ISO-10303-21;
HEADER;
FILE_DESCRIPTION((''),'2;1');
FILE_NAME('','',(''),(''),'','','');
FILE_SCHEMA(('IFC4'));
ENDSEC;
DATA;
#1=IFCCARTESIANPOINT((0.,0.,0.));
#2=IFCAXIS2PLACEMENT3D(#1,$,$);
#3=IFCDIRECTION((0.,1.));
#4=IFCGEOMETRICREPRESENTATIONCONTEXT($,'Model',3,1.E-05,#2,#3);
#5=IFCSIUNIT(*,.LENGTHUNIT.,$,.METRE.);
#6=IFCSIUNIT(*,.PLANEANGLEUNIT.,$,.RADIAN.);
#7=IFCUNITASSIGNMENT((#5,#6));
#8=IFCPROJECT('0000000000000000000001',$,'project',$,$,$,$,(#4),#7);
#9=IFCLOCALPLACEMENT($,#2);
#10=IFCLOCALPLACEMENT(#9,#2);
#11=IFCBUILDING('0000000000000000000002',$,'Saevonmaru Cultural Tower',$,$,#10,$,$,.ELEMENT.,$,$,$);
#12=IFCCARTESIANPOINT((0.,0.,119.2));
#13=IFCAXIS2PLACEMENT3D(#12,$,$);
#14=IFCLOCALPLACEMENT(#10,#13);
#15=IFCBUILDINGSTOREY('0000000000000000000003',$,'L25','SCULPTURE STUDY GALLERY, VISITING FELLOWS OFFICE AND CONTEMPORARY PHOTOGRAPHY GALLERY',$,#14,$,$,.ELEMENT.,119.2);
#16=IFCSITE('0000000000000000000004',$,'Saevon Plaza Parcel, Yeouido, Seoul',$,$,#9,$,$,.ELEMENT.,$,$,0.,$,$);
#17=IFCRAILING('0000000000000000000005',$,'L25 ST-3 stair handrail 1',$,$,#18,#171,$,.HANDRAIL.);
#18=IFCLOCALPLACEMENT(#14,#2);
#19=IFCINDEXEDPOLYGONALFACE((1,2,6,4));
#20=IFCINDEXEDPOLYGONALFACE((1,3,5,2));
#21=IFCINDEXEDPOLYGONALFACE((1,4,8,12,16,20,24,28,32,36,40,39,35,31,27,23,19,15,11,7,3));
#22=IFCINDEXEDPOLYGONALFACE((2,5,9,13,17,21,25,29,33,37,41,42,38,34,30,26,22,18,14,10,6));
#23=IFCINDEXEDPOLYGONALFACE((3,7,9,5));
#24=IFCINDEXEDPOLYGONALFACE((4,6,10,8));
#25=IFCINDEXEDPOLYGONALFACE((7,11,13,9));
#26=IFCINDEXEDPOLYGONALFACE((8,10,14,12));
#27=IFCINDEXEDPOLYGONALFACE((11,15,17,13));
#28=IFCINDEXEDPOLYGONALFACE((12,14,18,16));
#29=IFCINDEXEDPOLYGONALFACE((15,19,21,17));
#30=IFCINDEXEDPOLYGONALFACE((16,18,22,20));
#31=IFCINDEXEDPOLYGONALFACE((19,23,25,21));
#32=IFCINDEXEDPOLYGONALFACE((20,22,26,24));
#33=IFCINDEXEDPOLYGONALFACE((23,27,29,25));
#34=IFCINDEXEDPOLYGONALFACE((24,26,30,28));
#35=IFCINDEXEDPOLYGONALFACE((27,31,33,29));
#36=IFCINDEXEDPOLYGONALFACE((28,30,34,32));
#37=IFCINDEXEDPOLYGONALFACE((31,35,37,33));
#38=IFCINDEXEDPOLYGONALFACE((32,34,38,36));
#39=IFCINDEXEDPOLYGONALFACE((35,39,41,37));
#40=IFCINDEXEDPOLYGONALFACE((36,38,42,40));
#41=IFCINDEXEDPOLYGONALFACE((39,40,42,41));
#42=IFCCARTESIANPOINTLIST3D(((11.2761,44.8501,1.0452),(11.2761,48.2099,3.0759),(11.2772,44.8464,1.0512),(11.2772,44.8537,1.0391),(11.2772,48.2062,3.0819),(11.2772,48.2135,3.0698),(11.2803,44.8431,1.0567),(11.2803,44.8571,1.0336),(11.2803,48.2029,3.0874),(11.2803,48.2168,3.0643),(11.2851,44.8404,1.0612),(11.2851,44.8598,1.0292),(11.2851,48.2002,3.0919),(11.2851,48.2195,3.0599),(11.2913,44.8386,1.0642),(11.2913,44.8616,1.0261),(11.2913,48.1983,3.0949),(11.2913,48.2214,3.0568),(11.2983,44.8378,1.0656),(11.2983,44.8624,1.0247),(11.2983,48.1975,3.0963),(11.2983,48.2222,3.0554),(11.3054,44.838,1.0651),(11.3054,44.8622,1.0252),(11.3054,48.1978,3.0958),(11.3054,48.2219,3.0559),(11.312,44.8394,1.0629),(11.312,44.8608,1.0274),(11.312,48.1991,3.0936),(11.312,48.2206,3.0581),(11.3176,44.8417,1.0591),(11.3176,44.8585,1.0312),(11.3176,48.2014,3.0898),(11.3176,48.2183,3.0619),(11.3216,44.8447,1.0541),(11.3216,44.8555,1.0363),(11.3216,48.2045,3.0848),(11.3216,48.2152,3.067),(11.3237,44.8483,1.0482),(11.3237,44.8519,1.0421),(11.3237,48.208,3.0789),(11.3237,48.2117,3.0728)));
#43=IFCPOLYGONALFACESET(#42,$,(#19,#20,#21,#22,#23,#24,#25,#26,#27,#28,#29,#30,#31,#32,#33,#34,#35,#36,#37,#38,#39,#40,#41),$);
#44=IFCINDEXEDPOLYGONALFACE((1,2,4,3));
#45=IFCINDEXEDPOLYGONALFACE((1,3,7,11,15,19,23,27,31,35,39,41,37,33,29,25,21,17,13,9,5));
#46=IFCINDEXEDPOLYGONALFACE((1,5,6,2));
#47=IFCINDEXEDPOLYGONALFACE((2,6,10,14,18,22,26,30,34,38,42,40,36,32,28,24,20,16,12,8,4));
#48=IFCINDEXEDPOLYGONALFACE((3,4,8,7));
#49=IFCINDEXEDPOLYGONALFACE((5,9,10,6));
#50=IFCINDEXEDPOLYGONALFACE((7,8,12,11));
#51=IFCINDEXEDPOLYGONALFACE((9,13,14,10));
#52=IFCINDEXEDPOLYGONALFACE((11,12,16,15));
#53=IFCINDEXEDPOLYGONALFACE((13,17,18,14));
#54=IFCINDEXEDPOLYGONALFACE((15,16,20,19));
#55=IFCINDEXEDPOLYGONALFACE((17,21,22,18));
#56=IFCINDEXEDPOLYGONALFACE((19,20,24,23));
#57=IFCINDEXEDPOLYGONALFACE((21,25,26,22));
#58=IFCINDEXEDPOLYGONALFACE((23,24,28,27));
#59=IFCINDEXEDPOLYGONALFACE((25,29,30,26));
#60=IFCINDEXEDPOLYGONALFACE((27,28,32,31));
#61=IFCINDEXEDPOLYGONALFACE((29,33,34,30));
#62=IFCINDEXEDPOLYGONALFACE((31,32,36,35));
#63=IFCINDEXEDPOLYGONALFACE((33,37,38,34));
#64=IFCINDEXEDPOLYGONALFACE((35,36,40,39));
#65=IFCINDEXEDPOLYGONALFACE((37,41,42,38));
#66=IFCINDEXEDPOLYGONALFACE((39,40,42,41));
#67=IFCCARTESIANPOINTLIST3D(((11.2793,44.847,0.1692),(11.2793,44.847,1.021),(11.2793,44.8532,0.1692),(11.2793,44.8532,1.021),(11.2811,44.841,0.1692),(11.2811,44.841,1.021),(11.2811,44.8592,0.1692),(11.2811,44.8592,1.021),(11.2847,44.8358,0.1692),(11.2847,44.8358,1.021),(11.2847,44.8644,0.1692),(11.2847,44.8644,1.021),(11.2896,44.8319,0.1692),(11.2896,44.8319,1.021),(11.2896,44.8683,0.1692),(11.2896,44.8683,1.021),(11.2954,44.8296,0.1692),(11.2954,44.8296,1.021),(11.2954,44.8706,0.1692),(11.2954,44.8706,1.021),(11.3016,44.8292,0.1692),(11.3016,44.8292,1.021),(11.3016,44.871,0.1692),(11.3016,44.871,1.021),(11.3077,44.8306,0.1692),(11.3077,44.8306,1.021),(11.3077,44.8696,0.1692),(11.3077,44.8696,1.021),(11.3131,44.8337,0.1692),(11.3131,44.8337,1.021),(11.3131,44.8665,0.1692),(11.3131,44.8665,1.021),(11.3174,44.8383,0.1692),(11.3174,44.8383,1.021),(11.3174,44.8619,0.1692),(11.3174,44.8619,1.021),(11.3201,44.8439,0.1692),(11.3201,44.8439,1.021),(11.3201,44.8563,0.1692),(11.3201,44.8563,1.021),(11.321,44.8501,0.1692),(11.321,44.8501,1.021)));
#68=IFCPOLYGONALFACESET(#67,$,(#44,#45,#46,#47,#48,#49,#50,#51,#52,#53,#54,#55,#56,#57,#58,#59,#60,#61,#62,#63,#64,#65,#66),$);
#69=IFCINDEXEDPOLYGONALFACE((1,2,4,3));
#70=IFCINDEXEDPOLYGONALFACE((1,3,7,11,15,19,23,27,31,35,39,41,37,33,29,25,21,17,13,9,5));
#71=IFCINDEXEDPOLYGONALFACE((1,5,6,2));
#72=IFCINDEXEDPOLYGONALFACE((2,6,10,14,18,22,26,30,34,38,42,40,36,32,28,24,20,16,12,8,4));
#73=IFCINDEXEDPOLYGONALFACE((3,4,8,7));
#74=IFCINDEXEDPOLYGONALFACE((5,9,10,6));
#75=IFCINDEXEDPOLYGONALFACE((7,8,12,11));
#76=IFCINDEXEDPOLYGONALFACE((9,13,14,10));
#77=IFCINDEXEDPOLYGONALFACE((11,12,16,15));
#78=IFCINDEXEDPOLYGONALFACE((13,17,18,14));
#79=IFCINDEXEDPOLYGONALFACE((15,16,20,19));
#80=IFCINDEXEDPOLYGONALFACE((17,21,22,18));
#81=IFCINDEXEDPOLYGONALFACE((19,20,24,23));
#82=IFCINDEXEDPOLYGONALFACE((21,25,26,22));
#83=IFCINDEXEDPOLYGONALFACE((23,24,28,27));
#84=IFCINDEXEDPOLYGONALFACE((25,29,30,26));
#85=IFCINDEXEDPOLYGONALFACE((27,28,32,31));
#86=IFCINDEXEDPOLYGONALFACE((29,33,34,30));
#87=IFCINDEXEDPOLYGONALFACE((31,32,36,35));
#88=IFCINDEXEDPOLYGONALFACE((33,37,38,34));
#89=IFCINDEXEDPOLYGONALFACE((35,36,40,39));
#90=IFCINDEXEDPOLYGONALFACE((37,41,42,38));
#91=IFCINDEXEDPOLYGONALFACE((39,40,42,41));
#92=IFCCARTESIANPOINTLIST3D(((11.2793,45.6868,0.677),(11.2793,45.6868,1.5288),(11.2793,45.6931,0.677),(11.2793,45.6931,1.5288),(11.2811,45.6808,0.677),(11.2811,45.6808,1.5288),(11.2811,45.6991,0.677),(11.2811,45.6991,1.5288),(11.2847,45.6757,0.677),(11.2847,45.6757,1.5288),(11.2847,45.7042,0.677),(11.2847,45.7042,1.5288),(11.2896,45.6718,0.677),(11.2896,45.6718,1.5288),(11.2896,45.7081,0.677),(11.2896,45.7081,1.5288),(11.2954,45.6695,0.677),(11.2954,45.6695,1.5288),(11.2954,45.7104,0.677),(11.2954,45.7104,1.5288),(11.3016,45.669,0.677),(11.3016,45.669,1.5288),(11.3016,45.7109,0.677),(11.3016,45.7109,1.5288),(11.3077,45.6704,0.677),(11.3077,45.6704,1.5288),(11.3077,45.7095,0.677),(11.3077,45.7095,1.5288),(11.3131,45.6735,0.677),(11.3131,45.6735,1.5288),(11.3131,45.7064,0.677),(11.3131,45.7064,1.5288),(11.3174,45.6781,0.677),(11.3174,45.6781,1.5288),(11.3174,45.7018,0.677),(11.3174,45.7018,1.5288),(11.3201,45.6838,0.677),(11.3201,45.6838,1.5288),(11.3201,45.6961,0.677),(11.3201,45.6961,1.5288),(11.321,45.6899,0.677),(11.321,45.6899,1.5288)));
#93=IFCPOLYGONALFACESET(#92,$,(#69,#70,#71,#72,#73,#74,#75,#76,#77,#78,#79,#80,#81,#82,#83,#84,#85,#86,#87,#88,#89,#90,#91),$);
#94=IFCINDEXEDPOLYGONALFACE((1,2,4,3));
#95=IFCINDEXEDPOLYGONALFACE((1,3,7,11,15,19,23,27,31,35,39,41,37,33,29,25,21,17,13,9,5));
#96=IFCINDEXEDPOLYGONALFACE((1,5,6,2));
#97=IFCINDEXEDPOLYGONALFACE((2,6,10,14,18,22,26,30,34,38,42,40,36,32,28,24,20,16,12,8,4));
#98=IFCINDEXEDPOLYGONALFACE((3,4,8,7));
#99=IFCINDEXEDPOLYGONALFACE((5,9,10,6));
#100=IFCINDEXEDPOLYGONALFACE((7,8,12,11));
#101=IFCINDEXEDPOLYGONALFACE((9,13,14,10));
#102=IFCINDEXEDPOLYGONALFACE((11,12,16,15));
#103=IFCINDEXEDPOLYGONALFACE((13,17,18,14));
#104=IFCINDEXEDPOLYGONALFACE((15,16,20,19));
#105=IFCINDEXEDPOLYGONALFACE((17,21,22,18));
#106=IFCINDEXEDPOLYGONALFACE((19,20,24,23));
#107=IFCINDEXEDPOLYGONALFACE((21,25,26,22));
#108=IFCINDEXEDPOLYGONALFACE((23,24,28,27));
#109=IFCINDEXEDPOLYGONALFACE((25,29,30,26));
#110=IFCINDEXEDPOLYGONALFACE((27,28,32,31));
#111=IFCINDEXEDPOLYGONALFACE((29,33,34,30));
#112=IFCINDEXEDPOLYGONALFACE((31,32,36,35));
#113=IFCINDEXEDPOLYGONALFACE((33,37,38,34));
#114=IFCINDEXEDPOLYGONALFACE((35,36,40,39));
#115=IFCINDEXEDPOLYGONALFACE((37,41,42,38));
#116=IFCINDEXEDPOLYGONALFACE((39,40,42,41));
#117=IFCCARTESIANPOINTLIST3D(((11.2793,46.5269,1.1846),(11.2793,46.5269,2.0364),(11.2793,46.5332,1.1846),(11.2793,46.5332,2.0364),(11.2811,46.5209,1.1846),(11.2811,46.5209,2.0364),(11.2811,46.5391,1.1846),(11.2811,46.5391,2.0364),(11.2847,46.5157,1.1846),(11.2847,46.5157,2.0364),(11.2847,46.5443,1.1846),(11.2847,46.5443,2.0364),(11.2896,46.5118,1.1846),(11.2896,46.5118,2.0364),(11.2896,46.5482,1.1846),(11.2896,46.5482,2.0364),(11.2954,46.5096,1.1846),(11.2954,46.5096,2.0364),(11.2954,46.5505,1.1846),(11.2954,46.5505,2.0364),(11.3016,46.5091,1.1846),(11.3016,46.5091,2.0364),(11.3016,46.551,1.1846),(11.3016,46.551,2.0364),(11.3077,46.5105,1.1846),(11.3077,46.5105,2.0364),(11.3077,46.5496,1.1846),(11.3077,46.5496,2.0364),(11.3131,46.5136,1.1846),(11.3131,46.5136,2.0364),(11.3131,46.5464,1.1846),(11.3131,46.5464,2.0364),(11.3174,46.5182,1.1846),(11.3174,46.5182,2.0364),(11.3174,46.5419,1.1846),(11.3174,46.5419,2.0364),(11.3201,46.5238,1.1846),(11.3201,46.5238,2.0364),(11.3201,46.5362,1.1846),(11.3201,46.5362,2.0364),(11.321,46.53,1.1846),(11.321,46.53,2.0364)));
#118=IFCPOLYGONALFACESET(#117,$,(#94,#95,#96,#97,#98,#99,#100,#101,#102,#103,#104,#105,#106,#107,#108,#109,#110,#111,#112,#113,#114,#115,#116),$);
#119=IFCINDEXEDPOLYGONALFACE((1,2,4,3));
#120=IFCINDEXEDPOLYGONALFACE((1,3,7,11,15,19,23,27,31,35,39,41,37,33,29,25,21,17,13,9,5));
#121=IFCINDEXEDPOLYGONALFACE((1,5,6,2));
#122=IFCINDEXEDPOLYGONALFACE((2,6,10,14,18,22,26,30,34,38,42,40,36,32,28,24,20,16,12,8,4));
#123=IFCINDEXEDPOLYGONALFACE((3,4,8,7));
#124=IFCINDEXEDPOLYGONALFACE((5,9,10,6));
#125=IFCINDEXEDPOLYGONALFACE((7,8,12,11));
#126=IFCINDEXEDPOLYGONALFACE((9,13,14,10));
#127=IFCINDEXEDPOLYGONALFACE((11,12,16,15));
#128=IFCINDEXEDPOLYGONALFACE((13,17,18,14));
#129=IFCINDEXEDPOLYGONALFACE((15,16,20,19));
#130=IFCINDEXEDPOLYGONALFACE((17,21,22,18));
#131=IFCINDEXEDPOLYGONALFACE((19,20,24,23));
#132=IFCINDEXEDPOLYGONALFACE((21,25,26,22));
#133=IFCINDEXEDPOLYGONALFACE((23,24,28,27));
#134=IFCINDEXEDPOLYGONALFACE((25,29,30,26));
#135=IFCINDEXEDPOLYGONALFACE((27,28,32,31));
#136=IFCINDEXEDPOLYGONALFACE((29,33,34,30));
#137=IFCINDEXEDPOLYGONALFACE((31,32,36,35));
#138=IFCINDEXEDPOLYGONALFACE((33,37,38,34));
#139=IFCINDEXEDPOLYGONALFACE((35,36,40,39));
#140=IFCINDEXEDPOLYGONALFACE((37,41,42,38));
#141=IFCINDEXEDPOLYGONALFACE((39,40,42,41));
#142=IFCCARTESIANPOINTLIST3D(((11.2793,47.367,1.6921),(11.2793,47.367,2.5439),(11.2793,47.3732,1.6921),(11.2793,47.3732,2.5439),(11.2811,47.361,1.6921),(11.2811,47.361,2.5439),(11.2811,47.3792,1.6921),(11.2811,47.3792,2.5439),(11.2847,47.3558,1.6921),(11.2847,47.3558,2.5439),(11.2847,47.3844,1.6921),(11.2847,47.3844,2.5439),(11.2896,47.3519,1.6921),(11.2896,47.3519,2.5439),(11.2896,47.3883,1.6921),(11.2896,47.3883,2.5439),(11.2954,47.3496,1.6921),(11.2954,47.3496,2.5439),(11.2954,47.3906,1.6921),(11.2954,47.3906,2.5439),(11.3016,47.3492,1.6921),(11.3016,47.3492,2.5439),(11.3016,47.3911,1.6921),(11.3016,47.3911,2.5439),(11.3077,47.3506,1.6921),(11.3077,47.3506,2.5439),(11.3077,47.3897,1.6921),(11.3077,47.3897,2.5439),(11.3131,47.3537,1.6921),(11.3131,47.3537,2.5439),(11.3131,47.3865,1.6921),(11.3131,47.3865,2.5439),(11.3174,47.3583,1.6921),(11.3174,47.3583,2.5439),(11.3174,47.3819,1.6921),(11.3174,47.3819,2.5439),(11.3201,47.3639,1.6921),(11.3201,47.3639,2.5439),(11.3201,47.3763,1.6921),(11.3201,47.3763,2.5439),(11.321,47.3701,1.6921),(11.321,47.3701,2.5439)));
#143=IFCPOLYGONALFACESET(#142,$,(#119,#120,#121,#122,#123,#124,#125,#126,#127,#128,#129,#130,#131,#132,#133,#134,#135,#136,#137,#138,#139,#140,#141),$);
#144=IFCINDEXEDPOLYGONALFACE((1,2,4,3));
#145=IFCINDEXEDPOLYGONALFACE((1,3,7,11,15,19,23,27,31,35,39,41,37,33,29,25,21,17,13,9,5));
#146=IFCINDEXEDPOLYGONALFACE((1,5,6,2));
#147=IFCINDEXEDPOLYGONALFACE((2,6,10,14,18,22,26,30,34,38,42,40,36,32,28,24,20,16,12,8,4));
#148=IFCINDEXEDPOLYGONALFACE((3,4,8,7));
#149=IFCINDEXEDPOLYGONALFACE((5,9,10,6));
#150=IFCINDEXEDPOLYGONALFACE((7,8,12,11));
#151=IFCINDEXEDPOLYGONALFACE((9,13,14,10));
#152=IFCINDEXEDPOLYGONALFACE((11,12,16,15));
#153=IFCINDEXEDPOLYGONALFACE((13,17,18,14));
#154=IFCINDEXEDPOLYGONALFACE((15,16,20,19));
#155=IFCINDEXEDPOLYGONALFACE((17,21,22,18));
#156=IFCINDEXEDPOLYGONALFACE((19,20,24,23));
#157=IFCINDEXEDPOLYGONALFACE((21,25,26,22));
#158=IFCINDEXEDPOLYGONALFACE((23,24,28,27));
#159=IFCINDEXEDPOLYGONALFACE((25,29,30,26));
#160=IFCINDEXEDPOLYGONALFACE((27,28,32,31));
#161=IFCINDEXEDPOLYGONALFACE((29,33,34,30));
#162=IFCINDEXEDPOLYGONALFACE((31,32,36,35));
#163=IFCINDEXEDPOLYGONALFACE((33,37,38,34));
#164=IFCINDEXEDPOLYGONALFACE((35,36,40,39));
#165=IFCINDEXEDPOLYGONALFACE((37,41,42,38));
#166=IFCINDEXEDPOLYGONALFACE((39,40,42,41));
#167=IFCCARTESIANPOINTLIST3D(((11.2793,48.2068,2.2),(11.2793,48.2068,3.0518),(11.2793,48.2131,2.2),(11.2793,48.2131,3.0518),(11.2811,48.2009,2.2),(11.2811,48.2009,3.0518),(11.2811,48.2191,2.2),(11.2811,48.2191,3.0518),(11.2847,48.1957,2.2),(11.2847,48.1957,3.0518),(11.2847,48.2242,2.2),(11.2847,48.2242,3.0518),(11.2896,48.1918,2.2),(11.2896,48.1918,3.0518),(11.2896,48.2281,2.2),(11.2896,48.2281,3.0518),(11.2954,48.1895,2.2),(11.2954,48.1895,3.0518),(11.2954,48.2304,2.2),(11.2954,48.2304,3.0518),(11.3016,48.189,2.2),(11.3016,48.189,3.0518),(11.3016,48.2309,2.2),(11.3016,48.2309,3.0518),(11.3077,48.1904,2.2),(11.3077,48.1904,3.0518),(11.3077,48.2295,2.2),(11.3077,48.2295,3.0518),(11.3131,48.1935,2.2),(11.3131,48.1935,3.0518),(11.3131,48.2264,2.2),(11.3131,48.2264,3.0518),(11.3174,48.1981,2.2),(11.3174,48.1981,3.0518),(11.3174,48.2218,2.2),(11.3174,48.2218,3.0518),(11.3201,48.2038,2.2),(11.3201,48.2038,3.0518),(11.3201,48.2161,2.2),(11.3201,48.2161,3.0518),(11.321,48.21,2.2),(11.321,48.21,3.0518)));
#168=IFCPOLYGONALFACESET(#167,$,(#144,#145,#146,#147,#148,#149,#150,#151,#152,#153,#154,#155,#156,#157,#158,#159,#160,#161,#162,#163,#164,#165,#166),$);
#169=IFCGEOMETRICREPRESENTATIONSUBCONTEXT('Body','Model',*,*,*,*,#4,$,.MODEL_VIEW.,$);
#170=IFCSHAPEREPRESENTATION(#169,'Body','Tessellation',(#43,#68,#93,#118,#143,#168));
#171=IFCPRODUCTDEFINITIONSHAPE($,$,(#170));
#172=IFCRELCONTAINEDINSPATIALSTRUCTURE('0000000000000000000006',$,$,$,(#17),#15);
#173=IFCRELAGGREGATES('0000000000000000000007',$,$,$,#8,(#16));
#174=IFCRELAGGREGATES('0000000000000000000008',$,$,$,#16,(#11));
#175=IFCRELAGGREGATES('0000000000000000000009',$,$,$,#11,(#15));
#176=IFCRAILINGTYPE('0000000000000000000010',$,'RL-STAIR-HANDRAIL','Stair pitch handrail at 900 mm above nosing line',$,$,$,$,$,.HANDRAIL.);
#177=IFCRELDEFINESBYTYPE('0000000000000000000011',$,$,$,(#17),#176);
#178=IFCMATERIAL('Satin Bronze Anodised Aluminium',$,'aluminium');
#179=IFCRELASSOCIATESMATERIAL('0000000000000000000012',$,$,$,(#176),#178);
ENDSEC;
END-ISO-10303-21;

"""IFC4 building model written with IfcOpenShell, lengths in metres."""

from ifc_helpers import new_model, si_unit, direction, frame, origin, origin_2d, place, context, subcontext, project, spatial, circle, extrude, material, type_object, element, save


model = new_model("IFC4")

# Units and contexts
model_context = context("Model", 3, precision=1e-05, world=origin(), true_north=direction((0.0, 1.0)))
body_context = subcontext(model_context, "Body", "Model", "MODEL_VIEW")
ifc_project = project(units=[si_unit("LENGTHUNIT", "METRE"), si_unit("PLANEANGLEUNIT", "RADIAN")], contexts=[model_context])

# Site, building, storey
site_placement = place(None, origin())
site = spatial("IfcSite", under=ifc_project, at=site_placement, Name="Saevon Plaza Parcel, Yeouido, Seoul", CompositionType="ELEMENT", RefElevation=0.0)
building_placement = place(site_placement, origin())
building = spatial("IfcBuilding", under=site, at=building_placement, Name="Saevonmaru Cultural Tower", CompositionType="ELEMENT")
storey_placement = place(building_placement, frame((0.0, 0.0, 119.2)))
storey = spatial("IfcBuildingStorey", under=building, at=storey_placement, Name="L25", Description="SCULPTURE STUDY GALLERY, VISITING FELLOWS OFFICE AND CONTEMPORARY PHOTOGRAPHY GALLERY", CompositionType="ELEMENT", Elevation=119.2)

# Shared definitions
ifc_material_1 = material(Name="Satin Bronze Anodised Aluminium", Category="aluminium")

# Railing
railing_type_1 = type_object("IfcRailingType", Name="RL-STAIR-HANDRAIL", Description="Stair pitch handrail at 900 mm above nosing line", PredefinedType="HANDRAIL", material=ifc_material_1)
railing_1_placement = place(storey_placement, frame((11.3, 44.8501, 0.1692)))
element("IfcRailing", 1, at=railing_1_placement, inside=storey, type_object=railing_type_1, Name="L25 ST-3 stair handrail 1", PredefinedType="HANDRAIL", context=body_context, shape_type="SweptSolid", body=[
    extrude(circle(Radius=0.0239, at=origin_2d()), frame((0.0, 0.0, 0.876), z_axis=(0.0, 0.85582, 0.517273), x_axis=(-1.0, 0.0, 0.0)), (0.0, 0.0, 1.0), 3.9258),
    extrude(circle(Radius=0.021, at=origin_2d()), origin(), (0.0, 0.0, 1.0), 0.8518),
    extrude(circle(Radius=0.021, at=origin_2d()), frame((0.0, 0.8398, 0.5078)), (0.0, 0.0, 1.0), 0.8518),
    extrude(circle(Radius=0.021, at=origin_2d()), frame((0.0, 1.6799, 1.0154)), (0.0, 0.0, 1.0), 0.8518),
    extrude(circle(Radius=0.021, at=origin_2d()), frame((0.0, 2.52, 1.5229)), (0.0, 0.0, 1.0), 0.8518),
    extrude(circle(Radius=0.021, at=origin_2d()), frame((0.0, 3.3599, 2.0308)), (0.0, 0.0, 1.0), 0.8518),
])

save(model, "model.ifc")
